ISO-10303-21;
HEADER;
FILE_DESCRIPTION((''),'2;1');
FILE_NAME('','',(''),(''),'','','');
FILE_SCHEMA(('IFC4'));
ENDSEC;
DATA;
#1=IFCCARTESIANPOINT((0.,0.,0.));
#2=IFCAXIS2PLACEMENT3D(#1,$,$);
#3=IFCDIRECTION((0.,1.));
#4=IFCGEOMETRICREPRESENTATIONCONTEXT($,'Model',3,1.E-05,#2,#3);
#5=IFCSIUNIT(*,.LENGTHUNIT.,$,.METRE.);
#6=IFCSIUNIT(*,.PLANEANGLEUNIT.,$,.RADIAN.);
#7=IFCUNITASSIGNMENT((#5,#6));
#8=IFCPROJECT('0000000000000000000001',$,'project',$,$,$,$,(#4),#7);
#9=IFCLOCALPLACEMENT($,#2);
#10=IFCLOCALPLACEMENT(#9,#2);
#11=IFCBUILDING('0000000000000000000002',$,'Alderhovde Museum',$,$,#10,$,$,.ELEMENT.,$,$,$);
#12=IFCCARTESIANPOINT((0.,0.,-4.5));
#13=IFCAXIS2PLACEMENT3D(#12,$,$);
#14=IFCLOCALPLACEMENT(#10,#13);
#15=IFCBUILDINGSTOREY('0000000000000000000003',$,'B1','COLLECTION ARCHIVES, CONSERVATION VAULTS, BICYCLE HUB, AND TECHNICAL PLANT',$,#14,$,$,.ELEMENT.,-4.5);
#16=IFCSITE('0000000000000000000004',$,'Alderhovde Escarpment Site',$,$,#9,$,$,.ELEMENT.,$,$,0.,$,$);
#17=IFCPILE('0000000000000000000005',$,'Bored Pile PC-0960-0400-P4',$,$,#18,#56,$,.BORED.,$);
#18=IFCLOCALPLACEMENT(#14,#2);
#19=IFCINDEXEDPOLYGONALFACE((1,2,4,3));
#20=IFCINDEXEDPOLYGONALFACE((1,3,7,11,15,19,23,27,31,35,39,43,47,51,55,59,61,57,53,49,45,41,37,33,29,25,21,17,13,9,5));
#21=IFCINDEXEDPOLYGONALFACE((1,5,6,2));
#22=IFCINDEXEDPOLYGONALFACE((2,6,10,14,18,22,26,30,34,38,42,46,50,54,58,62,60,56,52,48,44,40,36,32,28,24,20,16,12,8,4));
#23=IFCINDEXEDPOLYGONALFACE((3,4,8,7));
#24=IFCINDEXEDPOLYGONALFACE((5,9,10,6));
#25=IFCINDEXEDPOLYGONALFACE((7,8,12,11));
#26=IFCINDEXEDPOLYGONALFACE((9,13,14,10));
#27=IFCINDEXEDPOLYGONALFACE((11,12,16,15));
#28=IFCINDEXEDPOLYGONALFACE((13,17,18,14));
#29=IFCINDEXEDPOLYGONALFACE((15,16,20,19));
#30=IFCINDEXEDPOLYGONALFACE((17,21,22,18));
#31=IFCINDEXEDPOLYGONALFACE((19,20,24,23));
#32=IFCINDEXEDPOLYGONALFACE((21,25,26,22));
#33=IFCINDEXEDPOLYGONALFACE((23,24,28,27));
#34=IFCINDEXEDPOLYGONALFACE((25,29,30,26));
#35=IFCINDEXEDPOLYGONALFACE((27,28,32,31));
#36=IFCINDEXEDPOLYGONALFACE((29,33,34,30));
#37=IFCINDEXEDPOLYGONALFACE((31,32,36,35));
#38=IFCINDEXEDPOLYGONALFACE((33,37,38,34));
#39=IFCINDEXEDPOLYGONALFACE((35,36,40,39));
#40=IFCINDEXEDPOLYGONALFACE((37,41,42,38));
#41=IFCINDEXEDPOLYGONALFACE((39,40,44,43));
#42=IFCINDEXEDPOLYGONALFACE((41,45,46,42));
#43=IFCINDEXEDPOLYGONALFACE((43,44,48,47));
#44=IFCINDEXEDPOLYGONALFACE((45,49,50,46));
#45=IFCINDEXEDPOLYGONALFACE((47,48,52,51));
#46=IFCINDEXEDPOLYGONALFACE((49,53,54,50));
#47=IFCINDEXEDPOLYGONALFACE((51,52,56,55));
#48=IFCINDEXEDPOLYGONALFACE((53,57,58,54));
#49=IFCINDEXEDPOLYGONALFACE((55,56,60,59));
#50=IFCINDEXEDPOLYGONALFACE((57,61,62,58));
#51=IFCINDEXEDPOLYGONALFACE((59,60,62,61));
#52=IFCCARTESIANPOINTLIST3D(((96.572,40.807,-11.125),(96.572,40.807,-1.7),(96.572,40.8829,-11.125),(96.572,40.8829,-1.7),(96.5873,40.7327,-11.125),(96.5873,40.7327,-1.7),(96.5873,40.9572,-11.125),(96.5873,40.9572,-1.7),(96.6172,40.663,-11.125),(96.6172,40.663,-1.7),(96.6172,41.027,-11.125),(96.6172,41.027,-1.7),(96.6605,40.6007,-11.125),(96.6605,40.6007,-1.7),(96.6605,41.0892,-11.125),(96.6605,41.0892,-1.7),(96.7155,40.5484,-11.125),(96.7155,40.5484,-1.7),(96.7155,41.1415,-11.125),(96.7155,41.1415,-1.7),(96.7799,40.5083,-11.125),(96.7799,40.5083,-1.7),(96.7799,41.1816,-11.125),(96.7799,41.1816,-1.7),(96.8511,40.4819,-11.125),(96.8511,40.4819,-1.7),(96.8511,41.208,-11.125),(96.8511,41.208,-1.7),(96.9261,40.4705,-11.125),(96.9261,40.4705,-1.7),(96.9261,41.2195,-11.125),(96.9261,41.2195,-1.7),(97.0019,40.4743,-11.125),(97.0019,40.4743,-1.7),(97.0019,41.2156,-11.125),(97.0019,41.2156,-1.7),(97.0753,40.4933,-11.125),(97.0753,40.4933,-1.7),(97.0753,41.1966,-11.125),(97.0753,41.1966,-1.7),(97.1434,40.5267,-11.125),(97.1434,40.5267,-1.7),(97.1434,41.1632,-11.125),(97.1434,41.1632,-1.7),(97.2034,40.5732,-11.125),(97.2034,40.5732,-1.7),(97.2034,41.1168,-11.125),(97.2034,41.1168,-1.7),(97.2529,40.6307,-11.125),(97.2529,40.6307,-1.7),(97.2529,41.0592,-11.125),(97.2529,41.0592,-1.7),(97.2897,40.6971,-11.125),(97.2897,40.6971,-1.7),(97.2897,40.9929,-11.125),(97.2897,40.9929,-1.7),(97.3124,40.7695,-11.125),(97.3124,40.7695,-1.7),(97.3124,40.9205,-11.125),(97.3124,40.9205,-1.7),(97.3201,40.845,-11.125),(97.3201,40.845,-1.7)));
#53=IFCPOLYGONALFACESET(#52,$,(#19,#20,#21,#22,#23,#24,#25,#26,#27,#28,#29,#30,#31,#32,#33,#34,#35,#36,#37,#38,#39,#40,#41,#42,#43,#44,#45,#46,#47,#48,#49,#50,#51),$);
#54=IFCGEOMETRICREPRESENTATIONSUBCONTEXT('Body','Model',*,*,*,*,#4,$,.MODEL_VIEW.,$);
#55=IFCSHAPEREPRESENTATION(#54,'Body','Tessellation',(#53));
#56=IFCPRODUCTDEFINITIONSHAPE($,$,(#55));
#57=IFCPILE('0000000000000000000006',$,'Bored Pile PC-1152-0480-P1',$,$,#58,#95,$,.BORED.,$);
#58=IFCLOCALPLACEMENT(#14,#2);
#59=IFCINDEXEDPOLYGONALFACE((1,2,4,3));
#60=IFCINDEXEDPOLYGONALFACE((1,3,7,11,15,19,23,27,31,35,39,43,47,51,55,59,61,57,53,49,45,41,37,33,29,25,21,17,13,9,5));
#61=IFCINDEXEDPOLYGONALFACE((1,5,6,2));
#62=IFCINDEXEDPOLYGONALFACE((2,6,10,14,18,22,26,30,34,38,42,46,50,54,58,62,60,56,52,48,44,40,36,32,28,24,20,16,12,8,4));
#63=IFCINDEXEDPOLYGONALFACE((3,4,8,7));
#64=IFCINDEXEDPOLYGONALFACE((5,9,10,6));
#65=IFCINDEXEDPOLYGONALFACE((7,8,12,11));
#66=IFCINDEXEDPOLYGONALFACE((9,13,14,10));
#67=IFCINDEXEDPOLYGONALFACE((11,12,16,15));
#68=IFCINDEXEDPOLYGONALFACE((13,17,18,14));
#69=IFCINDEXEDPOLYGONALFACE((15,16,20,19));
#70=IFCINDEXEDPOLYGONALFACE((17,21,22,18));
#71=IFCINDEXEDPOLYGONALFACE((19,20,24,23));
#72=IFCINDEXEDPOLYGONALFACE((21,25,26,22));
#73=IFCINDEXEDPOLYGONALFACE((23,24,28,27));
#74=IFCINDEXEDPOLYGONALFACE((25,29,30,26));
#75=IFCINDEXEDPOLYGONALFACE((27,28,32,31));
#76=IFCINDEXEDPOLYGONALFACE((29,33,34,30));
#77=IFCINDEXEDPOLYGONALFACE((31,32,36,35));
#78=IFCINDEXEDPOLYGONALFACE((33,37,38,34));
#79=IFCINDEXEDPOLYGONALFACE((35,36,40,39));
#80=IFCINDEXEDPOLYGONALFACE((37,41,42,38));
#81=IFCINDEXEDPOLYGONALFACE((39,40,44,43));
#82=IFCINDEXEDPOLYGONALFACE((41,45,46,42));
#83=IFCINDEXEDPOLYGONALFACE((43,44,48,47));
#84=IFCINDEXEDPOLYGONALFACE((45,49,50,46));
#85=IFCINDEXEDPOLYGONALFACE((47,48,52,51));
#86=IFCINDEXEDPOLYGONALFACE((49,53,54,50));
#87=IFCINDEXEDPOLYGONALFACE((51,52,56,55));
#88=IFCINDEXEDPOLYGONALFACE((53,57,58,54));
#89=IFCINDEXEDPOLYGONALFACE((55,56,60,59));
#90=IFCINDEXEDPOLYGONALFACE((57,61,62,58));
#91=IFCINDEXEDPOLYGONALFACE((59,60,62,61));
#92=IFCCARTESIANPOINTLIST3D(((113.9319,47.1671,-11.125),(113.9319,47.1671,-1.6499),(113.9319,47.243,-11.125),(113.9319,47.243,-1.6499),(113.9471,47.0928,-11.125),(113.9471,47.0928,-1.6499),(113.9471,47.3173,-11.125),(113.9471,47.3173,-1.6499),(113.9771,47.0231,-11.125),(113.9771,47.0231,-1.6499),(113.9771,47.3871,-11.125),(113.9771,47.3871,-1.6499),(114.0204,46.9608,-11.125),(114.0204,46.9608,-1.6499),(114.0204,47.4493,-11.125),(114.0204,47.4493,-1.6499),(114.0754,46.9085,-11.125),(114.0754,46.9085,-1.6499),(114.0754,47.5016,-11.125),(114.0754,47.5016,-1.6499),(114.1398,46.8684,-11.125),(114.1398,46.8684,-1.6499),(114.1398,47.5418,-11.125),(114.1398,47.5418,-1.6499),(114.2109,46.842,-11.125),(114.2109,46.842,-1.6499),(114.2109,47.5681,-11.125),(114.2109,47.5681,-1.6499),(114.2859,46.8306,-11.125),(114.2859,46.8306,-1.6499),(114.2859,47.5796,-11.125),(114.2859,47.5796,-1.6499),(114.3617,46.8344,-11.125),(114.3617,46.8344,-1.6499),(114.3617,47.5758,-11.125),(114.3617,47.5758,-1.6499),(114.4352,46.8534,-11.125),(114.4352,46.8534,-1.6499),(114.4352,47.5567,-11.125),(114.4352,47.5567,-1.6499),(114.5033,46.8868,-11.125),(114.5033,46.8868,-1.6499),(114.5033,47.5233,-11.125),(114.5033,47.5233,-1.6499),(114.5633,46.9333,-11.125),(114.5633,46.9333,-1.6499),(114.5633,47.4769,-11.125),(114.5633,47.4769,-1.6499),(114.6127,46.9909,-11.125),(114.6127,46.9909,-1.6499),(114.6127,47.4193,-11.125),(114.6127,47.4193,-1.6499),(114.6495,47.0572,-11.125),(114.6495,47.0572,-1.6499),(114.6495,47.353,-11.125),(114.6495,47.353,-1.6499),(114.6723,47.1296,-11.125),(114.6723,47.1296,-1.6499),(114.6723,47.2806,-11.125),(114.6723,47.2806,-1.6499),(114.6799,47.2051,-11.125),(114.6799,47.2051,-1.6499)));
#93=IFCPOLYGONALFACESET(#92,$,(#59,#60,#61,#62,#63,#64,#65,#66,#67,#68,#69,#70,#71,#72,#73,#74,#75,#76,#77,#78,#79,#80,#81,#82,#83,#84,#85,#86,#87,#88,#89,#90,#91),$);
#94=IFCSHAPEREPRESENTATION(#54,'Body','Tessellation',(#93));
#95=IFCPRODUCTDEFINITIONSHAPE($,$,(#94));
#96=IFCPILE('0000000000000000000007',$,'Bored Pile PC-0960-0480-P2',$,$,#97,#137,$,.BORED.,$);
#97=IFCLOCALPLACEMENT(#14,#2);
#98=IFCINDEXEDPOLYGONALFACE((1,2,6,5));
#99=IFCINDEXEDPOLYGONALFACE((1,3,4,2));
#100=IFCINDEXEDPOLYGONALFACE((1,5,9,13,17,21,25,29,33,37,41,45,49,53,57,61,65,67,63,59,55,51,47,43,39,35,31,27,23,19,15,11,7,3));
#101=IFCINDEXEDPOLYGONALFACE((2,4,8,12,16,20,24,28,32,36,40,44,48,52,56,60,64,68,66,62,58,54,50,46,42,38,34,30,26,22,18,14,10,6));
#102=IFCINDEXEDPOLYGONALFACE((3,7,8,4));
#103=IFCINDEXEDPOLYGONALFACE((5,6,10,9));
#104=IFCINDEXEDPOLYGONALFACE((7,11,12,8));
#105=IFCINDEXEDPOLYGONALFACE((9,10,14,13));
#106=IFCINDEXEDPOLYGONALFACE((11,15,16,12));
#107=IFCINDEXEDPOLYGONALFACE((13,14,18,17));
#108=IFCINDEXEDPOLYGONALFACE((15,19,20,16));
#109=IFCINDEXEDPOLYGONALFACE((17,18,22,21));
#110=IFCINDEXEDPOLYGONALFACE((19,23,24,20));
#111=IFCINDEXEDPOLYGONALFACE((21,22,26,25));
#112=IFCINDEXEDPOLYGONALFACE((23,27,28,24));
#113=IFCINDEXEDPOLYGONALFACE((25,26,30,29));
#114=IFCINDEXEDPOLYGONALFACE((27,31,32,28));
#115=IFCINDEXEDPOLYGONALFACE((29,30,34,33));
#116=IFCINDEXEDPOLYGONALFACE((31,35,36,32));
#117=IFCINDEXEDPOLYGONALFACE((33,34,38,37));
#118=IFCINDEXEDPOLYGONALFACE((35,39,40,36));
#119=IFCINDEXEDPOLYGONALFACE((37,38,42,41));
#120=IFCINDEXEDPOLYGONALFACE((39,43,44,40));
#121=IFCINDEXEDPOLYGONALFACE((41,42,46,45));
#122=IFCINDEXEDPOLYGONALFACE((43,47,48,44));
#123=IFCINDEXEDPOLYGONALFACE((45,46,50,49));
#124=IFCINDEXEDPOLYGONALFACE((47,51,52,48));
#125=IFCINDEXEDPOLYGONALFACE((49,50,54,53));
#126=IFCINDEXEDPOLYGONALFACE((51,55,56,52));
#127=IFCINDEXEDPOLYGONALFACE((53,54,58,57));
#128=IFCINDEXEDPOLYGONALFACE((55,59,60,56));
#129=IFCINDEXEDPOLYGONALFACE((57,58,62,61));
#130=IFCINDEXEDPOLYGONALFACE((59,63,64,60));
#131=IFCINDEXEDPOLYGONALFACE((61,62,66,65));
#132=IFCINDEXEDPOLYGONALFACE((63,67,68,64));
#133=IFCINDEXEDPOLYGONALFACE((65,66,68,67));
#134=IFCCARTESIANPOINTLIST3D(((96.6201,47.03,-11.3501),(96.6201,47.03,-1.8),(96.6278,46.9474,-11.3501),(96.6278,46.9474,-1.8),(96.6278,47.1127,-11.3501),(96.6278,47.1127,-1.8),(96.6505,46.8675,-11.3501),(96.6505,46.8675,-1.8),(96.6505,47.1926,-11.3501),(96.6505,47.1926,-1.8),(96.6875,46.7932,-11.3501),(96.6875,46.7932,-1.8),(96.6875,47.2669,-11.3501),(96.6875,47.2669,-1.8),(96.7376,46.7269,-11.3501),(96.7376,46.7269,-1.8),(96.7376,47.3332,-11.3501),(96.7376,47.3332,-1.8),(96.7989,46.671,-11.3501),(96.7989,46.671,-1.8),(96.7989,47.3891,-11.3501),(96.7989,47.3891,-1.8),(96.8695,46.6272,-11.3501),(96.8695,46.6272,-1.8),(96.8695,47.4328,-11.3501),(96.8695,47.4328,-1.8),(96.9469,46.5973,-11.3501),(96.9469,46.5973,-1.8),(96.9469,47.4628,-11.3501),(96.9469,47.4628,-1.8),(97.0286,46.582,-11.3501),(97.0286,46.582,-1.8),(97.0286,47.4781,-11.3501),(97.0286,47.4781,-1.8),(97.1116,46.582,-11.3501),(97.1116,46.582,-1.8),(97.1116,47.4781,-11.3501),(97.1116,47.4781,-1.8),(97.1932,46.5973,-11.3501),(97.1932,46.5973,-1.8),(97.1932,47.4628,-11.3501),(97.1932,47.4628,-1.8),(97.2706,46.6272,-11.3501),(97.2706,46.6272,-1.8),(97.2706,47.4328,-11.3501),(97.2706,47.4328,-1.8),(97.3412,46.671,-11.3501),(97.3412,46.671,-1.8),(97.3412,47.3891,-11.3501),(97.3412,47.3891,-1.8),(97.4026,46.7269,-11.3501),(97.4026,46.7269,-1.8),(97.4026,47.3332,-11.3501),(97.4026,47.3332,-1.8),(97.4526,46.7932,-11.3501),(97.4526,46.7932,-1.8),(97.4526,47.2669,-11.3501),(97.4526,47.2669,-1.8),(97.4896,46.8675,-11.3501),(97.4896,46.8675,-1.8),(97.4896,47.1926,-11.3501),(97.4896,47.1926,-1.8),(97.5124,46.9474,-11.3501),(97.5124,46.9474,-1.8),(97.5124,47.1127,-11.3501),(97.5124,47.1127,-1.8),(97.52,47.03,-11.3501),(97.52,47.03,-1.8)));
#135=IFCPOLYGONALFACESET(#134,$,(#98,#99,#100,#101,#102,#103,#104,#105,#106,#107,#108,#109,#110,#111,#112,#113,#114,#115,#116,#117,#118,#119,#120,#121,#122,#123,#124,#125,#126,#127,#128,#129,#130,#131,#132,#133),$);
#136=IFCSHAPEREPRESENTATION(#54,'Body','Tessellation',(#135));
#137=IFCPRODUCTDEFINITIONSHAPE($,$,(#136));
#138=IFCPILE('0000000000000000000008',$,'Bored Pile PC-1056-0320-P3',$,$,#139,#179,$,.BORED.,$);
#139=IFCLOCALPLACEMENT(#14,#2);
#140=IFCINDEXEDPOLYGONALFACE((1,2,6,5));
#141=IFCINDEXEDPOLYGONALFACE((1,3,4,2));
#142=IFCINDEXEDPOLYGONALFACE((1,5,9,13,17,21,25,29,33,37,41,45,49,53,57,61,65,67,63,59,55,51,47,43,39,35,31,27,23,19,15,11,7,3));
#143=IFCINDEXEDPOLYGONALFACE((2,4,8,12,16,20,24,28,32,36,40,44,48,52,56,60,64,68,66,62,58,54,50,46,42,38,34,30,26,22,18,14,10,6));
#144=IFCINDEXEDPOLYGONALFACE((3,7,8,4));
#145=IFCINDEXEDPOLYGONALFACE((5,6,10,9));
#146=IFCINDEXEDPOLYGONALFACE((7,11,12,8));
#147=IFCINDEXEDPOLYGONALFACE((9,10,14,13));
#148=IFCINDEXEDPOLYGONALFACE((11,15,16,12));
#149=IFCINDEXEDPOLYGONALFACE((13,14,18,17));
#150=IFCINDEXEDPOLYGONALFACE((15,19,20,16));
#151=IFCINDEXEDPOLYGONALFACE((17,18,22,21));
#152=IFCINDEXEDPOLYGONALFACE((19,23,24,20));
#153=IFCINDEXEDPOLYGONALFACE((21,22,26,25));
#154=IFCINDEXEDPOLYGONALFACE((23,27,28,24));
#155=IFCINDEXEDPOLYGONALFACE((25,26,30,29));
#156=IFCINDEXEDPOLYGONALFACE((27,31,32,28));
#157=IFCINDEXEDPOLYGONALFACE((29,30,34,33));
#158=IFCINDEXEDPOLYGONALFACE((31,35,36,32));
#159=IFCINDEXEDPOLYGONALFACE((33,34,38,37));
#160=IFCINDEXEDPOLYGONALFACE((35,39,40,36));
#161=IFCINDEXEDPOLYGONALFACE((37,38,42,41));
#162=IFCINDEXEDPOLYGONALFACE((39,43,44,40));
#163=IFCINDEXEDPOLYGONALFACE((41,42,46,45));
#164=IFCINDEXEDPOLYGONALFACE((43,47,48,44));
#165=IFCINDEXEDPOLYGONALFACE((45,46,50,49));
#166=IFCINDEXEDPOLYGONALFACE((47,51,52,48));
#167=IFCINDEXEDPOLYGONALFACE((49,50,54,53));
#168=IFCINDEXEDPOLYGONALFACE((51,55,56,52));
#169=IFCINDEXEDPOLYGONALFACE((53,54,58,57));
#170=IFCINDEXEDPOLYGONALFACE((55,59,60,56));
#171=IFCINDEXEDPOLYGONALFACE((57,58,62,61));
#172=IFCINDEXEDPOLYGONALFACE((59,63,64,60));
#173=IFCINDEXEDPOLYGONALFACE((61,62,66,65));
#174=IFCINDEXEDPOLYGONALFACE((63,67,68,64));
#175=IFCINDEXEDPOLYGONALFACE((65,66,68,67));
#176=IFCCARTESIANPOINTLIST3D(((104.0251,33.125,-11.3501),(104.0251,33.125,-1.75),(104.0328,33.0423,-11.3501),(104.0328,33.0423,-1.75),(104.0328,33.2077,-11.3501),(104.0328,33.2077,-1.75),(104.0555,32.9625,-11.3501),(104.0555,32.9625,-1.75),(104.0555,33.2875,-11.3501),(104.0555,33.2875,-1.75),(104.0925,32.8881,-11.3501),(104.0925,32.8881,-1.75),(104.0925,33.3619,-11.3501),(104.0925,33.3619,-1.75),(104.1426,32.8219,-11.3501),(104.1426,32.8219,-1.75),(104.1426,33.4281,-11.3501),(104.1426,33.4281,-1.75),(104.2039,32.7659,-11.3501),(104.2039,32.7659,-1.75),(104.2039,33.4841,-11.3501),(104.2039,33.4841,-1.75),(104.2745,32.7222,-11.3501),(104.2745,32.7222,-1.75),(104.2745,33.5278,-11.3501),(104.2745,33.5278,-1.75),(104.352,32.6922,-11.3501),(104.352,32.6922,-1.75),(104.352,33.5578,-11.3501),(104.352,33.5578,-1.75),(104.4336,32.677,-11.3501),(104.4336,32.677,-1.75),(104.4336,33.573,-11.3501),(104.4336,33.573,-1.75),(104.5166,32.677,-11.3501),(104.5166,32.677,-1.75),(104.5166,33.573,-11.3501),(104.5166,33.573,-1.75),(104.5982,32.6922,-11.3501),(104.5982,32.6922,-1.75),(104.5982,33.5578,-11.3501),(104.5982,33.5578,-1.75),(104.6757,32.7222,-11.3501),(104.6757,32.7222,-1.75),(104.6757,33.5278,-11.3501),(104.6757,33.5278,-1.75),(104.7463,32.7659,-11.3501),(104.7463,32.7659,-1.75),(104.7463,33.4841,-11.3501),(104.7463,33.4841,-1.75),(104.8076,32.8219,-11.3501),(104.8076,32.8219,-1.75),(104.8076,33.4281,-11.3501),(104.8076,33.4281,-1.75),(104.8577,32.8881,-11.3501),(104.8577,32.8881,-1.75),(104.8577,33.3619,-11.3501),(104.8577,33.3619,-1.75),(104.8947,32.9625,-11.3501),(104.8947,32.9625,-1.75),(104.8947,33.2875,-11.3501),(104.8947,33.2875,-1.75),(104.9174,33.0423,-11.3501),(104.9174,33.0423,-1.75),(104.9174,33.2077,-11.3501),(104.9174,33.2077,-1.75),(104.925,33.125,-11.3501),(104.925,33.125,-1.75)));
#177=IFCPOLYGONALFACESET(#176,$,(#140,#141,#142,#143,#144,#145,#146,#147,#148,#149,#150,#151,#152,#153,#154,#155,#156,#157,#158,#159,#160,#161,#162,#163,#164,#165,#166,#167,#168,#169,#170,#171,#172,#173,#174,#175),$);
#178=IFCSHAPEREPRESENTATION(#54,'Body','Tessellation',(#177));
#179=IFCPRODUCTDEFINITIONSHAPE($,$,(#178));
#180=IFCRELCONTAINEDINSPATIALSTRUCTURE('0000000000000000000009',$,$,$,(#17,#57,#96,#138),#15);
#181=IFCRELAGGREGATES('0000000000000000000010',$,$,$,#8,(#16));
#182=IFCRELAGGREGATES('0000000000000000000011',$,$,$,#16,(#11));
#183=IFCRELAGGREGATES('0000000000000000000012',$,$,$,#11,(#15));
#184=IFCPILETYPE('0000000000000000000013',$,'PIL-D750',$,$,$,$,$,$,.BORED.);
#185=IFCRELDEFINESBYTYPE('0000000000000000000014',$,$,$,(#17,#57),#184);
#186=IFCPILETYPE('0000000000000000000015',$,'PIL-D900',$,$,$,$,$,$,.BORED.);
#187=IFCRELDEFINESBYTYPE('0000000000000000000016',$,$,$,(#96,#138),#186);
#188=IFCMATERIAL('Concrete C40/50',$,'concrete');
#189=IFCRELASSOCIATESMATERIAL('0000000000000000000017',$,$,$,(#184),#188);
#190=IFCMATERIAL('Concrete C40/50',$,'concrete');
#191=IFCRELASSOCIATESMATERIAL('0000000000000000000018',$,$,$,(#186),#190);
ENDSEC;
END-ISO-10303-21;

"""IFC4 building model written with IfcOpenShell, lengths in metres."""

from ifc_helpers import new_model, si_unit, direction, frame, origin, origin_2d, place, context, subcontext, project, spatial, circle, extrude, material, material_profile, profile_set, type_object, element, save


model = new_model("IFC4")

# Units and contexts
model_context = context("Model", 3, precision=1e-05, world=origin(), true_north=direction((0.0, 1.0)))
body_context = subcontext(model_context, "Body", "Model", "MODEL_VIEW")
ifc_project = project(units=[si_unit("LENGTHUNIT", "METRE"), si_unit("PLANEANGLEUNIT", "RADIAN")], contexts=[model_context])

# Site, building, storey
site_placement = place(None, origin())
site = spatial("IfcSite", under=ifc_project, at=site_placement, Name="Alderhovde Escarpment Site", CompositionType="ELEMENT", RefElevation=0.0)
building_placement = place(site_placement, origin())
building = spatial("IfcBuilding", under=site, at=building_placement, Name="Alderhovde Museum", CompositionType="ELEMENT")
storey_placement = place(building_placement, frame((0.0, 0.0, -4.5)))
storey = spatial("IfcBuildingStorey", under=building, at=storey_placement, Name="B1", Description="COLLECTION ARCHIVES, CONSERVATION VAULTS, BICYCLE HUB, AND TECHNICAL PLANT", CompositionType="ELEMENT", Elevation=-4.5)

# Piles
ifc_material_1 = material(Name="Concrete C40/50", Category="concrete")
ifc_material_profile_1 = material_profile(ifc_material_1, circle(Radius=0.375, at=origin_2d()), Name="PILE-D750")
ifc_profile_set_1 = profile_set([ifc_material_profile_1], Name="Concrete C40/50")
pile_type_1 = type_object("IfcPileType", Name="PIL-D750", PredefinedType="BORED", material=ifc_profile_set_1)
for number, where, z_axis, x_axis, name in (
    (1, (96.9451, 40.845, -1.7), (0.0, 0.0, -1.0), (1.0, 0.0, 0.0), "Bored Pile PC-0960-0400-P4"),
):
    element("IfcPile", number, at=place(storey_placement, frame(where, z_axis=z_axis, x_axis=x_axis)), inside=storey, type_object=pile_type_1, Name=name, PredefinedType="BORED", context=body_context, shape_type="SweptSolid", body=[
        extrude(circle(Radius=0.375, at=origin_2d()), origin(), (0.0, 0.0, 1.0), 9.425),
    ])
pile_1_placement = place(storey_placement, frame((114.3049, 47.2051, -1.6499), z_axis=(0.0, 0.0, -1.0), x_axis=(1.0, 0.0, 0.0)))
element("IfcPile", 2, at=pile_1_placement, inside=storey, type_object=pile_type_1, Name="Bored Pile PC-1152-0480-P1", PredefinedType="BORED", context=body_context, shape_type="SweptSolid", body=[
    extrude(circle(Radius=0.375, at=origin_2d()), origin(), (0.0, 0.0, 1.0), 9.4751),
])
ifc_material_2 = material(Name="Concrete C40/50", Category="concrete")
ifc_material_profile_2 = material_profile(ifc_material_2, circle(Radius=0.45, at=origin_2d()), Name="PILE-D900")
ifc_profile_set_2 = profile_set([ifc_material_profile_2], Name="Concrete C40/50")
pile_type_2 = type_object("IfcPileType", Name="PIL-D900", PredefinedType="BORED", material=ifc_profile_set_2)
pile_2_placement = place(storey_placement, frame((97.0701, 47.03, -1.8), z_axis=(0.0, 0.0, -1.0), x_axis=(1.0, 0.0, 0.0)))
element("IfcPile", 3, at=pile_2_placement, inside=storey, type_object=pile_type_2, Name="Bored Pile PC-0960-0480-P2", PredefinedType="BORED", context=body_context, shape_type="SweptSolid", body=[
    extrude(circle(Radius=0.45, at=origin_2d()), origin(), (0.0, 0.0, 1.0), 9.55),
])
for number, where, z_axis, x_axis, name in (
    (4, (104.4751, 33.125, -1.75), (0.0, 0.0, -1.0), (1.0, 0.0, 0.0), "Bored Pile PC-1056-0320-P3"),
):
    element("IfcPile", number, at=place(storey_placement, frame(where, z_axis=z_axis, x_axis=x_axis)), inside=storey, type_object=pile_type_2, Name=name, PredefinedType="BORED", context=body_context, shape_type="SweptSolid", body=[
        extrude(circle(Radius=0.45, at=origin_2d()), origin(), (0.0, 0.0, 1.0), 9.6001),
    ])

save(model, "model.ifc")
